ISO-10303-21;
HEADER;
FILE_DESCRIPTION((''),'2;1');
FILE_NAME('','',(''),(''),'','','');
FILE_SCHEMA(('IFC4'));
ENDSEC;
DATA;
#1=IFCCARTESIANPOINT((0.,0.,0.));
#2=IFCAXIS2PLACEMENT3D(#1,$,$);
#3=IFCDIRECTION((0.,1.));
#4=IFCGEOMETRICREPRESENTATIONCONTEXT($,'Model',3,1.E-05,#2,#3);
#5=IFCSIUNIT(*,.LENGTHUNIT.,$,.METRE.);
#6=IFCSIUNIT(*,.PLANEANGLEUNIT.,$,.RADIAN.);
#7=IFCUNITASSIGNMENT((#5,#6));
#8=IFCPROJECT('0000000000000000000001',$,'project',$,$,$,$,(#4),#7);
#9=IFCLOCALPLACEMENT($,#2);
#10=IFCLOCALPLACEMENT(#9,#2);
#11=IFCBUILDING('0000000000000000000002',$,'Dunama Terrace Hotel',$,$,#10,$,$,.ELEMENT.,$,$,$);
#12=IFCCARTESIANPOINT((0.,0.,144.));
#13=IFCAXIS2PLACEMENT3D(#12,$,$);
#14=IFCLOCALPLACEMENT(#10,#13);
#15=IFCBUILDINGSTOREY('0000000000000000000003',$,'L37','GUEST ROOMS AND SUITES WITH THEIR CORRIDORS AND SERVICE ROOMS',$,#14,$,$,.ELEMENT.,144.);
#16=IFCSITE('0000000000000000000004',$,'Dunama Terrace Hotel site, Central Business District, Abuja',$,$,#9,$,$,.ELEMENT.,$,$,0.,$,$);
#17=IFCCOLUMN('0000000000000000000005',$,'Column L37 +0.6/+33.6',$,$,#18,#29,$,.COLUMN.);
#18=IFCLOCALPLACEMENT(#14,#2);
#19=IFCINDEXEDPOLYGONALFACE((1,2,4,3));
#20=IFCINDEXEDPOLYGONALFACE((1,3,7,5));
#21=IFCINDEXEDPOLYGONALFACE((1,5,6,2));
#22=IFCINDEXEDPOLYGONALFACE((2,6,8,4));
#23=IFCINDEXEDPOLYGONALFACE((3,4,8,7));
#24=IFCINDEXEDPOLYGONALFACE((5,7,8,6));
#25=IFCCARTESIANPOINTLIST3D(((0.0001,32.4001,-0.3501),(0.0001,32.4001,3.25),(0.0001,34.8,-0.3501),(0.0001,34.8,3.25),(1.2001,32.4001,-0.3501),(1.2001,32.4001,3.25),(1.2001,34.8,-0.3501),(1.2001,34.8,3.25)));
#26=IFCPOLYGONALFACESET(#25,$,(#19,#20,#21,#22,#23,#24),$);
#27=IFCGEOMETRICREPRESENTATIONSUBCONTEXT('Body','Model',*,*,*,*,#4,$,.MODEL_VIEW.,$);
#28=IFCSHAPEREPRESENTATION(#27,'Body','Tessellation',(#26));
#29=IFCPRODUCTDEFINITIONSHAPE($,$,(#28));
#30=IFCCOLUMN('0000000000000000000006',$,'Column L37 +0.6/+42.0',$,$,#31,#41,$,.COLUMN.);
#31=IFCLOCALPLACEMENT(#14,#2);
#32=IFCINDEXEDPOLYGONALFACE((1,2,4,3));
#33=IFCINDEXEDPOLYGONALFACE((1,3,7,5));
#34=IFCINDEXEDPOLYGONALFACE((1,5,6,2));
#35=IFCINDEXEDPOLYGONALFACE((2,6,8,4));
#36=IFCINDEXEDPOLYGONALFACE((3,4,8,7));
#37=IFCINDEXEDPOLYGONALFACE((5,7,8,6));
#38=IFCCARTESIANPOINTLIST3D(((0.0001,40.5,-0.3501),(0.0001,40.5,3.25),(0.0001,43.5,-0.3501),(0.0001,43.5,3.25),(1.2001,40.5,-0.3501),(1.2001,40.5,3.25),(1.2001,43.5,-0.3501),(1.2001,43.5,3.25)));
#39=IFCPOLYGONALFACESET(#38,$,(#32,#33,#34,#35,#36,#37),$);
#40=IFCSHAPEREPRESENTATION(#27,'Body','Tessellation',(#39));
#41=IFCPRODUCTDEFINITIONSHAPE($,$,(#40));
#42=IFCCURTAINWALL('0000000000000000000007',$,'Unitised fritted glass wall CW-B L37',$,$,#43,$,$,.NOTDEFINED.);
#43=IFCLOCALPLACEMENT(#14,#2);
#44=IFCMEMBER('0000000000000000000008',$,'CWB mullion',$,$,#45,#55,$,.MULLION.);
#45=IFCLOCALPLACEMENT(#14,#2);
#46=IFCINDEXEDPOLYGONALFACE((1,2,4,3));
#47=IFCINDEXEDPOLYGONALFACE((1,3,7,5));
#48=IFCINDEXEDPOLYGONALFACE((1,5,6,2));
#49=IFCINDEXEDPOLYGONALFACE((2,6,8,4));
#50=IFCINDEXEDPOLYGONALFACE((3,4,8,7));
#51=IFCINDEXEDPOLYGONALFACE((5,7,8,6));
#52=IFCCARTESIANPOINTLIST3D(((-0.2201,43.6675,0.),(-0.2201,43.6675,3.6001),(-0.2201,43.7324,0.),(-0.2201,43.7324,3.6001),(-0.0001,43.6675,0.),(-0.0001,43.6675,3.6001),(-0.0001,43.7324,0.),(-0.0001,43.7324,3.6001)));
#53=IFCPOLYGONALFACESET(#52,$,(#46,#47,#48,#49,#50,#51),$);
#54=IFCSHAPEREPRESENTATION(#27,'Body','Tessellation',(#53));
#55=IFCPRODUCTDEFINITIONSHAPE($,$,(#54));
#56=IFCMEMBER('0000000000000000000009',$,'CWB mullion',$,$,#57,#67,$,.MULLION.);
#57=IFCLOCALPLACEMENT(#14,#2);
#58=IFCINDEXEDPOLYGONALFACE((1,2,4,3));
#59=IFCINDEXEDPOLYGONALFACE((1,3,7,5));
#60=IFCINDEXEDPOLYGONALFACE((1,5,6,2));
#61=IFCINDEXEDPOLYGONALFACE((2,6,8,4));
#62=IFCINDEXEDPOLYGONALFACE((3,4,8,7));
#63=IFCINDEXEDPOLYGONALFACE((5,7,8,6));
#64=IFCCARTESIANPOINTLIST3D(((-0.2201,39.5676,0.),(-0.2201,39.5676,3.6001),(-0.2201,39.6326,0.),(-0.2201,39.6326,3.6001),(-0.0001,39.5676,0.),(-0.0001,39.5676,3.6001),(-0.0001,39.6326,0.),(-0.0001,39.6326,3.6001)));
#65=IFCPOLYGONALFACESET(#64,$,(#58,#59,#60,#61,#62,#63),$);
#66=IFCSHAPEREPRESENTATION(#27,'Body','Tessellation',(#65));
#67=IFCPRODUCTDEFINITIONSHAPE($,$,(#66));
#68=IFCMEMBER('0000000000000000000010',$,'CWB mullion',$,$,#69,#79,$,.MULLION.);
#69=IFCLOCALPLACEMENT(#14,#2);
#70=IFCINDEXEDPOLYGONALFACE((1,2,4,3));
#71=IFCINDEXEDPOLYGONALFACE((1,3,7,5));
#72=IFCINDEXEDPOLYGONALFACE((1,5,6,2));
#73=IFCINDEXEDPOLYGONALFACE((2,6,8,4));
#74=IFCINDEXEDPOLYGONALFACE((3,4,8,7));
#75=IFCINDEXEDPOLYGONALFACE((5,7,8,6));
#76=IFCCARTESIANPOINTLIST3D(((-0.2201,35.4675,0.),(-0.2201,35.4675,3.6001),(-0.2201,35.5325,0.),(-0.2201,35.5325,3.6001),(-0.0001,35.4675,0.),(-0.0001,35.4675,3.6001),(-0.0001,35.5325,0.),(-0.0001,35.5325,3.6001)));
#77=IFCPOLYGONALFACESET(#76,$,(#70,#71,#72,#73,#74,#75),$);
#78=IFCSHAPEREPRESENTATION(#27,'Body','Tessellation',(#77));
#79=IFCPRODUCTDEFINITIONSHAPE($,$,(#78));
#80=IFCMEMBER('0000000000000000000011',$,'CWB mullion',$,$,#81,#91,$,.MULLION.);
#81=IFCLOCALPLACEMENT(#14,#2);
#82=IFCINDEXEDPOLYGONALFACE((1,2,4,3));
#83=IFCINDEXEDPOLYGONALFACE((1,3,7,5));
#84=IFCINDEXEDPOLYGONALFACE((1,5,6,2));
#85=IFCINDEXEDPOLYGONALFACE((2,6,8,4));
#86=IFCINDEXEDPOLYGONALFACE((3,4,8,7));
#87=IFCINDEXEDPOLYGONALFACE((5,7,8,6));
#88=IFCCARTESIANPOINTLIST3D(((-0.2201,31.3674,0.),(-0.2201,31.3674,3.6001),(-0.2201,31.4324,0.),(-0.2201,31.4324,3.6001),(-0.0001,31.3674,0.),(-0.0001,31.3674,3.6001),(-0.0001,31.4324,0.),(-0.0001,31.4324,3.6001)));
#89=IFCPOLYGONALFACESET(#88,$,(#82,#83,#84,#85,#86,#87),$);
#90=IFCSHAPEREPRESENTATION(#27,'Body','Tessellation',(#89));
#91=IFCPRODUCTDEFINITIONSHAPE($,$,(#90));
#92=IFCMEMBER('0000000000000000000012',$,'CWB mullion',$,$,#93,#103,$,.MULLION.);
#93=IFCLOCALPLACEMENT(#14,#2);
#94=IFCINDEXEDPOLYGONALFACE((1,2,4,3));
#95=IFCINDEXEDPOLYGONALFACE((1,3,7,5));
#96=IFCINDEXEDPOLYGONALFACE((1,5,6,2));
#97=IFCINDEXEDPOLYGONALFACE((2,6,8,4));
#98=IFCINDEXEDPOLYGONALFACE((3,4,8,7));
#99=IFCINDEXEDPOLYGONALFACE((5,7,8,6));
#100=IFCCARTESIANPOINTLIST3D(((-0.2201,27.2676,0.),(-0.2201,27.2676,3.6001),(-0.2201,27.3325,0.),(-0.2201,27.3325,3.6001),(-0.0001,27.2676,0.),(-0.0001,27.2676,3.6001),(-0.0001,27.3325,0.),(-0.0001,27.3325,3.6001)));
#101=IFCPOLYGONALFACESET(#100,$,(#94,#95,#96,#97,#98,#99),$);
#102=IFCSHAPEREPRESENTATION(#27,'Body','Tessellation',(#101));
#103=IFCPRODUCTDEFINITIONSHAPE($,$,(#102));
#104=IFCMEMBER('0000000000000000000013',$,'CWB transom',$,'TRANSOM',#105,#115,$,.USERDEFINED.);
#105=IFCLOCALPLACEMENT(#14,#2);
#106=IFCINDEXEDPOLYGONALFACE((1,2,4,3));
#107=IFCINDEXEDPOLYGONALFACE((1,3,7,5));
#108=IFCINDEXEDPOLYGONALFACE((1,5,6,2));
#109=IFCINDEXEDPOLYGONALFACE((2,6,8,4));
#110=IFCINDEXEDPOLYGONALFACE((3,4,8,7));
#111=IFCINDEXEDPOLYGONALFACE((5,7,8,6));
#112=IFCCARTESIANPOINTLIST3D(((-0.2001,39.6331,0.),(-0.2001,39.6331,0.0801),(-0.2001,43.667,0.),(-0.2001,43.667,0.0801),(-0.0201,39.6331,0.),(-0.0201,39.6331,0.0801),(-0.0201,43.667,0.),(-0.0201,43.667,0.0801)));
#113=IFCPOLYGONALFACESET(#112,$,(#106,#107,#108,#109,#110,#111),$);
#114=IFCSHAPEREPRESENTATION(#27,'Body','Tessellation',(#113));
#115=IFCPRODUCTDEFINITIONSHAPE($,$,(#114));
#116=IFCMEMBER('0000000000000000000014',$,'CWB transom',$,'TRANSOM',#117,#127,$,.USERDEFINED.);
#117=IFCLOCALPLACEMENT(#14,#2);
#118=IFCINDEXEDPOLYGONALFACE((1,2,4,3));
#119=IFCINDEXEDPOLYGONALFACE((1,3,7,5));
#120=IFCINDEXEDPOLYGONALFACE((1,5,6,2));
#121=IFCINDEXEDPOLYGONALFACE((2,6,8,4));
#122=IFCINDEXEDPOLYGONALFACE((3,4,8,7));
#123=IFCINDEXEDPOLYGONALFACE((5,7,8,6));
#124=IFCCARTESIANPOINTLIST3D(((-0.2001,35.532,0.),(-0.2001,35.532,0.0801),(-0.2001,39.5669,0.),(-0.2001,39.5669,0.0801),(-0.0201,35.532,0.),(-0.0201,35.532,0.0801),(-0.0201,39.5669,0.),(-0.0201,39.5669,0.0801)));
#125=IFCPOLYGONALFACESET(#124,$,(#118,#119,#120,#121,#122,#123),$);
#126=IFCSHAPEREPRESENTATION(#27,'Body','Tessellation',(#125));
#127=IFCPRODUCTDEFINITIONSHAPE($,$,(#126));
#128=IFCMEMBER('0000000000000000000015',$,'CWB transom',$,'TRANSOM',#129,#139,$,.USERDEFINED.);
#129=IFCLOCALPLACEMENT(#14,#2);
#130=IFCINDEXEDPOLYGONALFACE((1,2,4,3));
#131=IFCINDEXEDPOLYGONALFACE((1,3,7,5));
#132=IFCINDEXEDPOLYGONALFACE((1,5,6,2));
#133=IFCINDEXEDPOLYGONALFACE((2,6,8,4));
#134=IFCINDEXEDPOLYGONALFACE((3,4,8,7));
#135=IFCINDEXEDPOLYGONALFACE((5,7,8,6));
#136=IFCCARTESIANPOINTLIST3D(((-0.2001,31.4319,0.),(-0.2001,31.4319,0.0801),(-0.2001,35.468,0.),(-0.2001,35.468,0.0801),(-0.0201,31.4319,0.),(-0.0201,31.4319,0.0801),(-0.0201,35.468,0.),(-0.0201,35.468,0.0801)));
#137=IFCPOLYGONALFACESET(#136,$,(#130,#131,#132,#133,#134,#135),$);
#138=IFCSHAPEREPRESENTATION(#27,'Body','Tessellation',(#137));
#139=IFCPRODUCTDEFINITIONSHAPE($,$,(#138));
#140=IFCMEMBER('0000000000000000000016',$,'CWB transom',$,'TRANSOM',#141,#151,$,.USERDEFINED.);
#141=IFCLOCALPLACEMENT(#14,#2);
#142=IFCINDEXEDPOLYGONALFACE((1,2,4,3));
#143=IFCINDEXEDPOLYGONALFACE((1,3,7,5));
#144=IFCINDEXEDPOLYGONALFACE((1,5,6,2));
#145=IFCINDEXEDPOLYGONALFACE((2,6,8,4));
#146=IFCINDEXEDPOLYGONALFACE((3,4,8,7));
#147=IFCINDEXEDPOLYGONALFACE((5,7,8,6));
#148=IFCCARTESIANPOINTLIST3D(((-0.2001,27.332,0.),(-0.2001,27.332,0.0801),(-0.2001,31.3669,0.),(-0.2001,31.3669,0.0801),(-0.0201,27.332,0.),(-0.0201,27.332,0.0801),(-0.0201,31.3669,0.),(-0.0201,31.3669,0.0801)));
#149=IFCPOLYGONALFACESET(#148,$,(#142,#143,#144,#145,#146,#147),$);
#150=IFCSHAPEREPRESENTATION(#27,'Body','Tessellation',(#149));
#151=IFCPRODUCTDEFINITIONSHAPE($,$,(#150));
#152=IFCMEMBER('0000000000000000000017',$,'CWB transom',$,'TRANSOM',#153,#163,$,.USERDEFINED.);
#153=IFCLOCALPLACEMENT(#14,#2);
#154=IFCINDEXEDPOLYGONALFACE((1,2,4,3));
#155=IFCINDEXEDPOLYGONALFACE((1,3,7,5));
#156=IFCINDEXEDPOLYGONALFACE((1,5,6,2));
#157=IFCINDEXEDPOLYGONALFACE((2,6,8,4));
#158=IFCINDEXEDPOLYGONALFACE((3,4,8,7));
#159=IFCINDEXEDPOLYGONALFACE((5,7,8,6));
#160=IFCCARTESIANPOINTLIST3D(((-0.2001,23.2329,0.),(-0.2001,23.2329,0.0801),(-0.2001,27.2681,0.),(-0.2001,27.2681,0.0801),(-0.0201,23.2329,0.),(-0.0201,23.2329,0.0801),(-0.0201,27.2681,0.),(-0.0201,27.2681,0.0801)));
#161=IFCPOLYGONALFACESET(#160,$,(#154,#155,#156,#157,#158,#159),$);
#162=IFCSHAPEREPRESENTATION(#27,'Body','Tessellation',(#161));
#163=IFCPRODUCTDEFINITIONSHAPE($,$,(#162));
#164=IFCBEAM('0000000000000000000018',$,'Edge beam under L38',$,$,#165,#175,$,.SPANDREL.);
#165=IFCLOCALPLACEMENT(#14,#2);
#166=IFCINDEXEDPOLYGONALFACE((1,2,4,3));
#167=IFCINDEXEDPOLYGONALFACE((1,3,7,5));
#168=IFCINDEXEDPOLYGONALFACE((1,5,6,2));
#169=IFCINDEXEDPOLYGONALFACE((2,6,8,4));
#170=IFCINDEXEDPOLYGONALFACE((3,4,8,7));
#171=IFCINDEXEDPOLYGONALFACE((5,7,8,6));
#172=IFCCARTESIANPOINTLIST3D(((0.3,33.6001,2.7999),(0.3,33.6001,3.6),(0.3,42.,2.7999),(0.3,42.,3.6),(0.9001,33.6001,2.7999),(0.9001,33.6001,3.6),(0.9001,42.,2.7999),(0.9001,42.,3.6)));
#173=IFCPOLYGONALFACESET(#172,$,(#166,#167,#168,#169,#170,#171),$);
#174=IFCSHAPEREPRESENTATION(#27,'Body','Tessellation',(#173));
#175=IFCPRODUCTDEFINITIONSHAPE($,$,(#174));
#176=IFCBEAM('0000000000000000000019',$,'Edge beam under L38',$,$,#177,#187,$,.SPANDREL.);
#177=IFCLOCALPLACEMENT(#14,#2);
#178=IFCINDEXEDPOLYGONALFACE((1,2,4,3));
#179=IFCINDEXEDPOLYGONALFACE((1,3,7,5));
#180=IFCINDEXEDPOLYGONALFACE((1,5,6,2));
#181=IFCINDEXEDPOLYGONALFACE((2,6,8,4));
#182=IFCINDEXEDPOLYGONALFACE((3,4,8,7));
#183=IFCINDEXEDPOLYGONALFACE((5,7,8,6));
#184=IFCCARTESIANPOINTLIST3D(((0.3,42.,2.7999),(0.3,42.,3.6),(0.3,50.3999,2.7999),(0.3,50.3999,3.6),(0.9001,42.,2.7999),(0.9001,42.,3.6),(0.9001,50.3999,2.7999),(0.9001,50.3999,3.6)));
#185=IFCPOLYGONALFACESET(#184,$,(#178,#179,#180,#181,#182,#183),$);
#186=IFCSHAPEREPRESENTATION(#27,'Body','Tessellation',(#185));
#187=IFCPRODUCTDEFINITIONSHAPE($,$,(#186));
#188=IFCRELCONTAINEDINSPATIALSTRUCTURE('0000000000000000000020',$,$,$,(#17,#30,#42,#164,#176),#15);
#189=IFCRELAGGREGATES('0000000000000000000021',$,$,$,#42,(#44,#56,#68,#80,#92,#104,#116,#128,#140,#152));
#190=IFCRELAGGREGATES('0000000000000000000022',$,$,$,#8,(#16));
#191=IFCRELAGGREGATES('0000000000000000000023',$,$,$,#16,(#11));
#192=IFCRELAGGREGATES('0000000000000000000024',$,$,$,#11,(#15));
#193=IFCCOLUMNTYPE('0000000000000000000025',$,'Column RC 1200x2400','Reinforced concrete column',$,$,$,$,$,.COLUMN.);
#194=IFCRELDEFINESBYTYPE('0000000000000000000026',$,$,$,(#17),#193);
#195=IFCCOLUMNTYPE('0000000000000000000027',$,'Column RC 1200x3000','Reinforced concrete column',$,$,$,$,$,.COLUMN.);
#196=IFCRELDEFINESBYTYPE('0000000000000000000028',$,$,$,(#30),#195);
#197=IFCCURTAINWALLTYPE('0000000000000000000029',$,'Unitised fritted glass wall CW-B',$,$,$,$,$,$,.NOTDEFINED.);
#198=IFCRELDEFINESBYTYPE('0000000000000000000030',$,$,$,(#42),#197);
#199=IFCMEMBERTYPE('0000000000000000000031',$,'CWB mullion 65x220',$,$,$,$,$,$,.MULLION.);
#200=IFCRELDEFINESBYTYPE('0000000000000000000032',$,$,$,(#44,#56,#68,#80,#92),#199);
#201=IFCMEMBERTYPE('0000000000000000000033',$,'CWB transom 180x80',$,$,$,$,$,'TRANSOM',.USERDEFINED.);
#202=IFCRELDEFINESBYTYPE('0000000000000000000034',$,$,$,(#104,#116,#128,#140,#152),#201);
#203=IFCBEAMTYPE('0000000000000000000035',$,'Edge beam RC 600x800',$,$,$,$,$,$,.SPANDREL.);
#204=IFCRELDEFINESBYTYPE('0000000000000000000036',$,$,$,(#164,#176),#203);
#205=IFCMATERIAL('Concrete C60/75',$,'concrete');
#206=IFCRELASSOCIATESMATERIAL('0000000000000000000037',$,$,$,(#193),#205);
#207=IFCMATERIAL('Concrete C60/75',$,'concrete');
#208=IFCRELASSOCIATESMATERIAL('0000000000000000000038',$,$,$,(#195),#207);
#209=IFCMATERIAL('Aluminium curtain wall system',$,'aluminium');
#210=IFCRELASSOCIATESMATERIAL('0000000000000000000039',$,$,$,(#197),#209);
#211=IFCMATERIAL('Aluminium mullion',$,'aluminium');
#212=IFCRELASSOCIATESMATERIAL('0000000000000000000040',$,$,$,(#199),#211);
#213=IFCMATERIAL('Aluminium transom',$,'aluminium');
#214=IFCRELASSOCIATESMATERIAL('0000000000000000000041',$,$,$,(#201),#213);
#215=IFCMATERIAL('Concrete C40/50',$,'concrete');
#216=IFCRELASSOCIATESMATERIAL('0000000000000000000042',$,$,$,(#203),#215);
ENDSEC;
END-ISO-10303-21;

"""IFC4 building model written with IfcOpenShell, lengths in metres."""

from ifc_helpers import new_model, si_unit, direction, frame, origin, origin_2d, place, context, subcontext, project, spatial, rectangle, extrude, material, material_profile, profile_set, type_object, element, aggregate, save


model = new_model("IFC4")

# Units and contexts
model_context = context("Model", 3, precision=1e-05, world=origin(), true_north=direction((0.0, 1.0)))
body_context = subcontext(model_context, "Body", "Model", "MODEL_VIEW")
ifc_project = project(units=[si_unit("LENGTHUNIT", "METRE"), si_unit("PLANEANGLEUNIT", "RADIAN")], contexts=[model_context])

# Site, building, storey
site_placement = place(None, origin())
site = spatial("IfcSite", under=ifc_project, at=site_placement, Name="Dunama Terrace Hotel site, Central Business District, Abuja", CompositionType="ELEMENT", RefElevation=0.0)
building_placement = place(site_placement, origin())
building = spatial("IfcBuilding", under=site, at=building_placement, Name="Dunama Terrace Hotel", CompositionType="ELEMENT")
storey_placement = place(building_placement, frame((0.0, 0.0, 144.0)))
storey = spatial("IfcBuildingStorey", under=building, at=storey_placement, Name="L37", Description="GUEST ROOMS AND SUITES WITH THEIR CORRIDORS AND SERVICE ROOMS", CompositionType="ELEMENT", Elevation=144.0)

# Columns
ifc_material_1 = material(Name="Concrete C60/75", Category="concrete")
ifc_material_profile_1 = material_profile(ifc_material_1, rectangle(XDim=1.2, YDim=2.3999, at=origin_2d()), Name="RC 1200x2400")
ifc_profile_set_1 = profile_set([ifc_material_profile_1], Name="Concrete C60/75")
column_type_1 = type_object("IfcColumnType", Name="Column RC 1200x2400", Description="Reinforced concrete column", PredefinedType="COLUMN", material=ifc_profile_set_1)
column_1_placement = place(storey_placement, frame((0.6001, 33.6001, -0.3501), z_axis=(0.0, 0.0, 1.0), x_axis=(1.0, 0.0, 0.0)))
element("IfcColumn", 1, at=column_1_placement, inside=storey, type_object=column_type_1, Name="Column L37 +0.6/+33.6", PredefinedType="COLUMN", context=body_context, shape_type="SweptSolid", body=[
    extrude(rectangle(XDim=1.2, YDim=2.3999, at=origin_2d()), origin(), (0.0, 0.0, 1.0), 3.6001),
])
ifc_material_2 = material(Name="Concrete C60/75", Category="concrete")
ifc_material_profile_2 = material_profile(ifc_material_2, rectangle(XDim=1.2, YDim=3.0, at=origin_2d()), Name="RC 1200x3000")
ifc_profile_set_2 = profile_set([ifc_material_profile_2], Name="Concrete C60/75")
column_type_2 = type_object("IfcColumnType", Name="Column RC 1200x3000", Description="Reinforced concrete column", PredefinedType="COLUMN", material=ifc_profile_set_2)
column_2_placement = place(storey_placement, frame((0.6001, 42.0, -0.3501), z_axis=(0.0, 0.0, 1.0), x_axis=(1.0, 0.0, 0.0)))
element("IfcColumn", 2, at=column_2_placement, inside=storey, type_object=column_type_2, Name="Column L37 +0.6/+42.0", PredefinedType="COLUMN", context=body_context, shape_type="SweptSolid", body=[
    extrude(rectangle(XDim=1.2, YDim=3.0, at=origin_2d()), origin(), (0.0, 0.0, 1.0), 3.6001),
])

# Curtain wall, members
ifc_material_3 = material(Name="Aluminium curtain wall system", Category="aluminium")
curtain_wall_type = type_object("IfcCurtainWallType", Name="Unitised fritted glass wall CW-B", PredefinedType="NOTDEFINED", material=ifc_material_3)
curtain_wall_placement = place(storey_placement, origin())
curtain_wall = element("IfcCurtainWall", 3, at=curtain_wall_placement, inside=storey, type_object=curtain_wall_type, Name="Unitised fritted glass wall CW-B L37", PredefinedType="NOTDEFINED")
ifc_material_4 = material(Name="Aluminium mullion", Category="aluminium")
ifc_material_profile_3 = material_profile(ifc_material_4, rectangle(XDim=0.0649, YDim=0.22, at=origin_2d()), Name="CWB MULLION 65X220")
ifc_profile_set_3 = profile_set([ifc_material_profile_3], Name="Aluminium mullion")
member_type_1 = type_object("IfcMemberType", Name="CWB mullion 65x220", PredefinedType="MULLION", material=ifc_profile_set_3)
member_1_placement = place(storey_placement, frame((-0.1101, 43.7, 0.0), z_axis=(0.0, 0.0, 1.0), x_axis=(0.0, -1.0, 0.0)))
member_1 = element("IfcMember", 4, at=member_1_placement, type_object=member_type_1, Name="CWB mullion", PredefinedType="MULLION", context=body_context, shape_type="SweptSolid", body=[
    extrude(rectangle(XDim=0.0649, YDim=0.22, at=origin_2d()), origin(), (0.0, 0.0, 1.0), 3.6001),
])
member_2_placement = place(storey_placement, frame((-0.1101, 39.6001, 0.0), z_axis=(0.0, 0.0, 1.0), x_axis=(0.0, -1.0, 0.0)))
member_2 = element("IfcMember", 5, at=member_2_placement, type_object=member_type_1, Name="CWB mullion", PredefinedType="MULLION", context=body_context, shape_type="SweptSolid", body=[
    extrude(rectangle(XDim=0.0649, YDim=0.22, at=origin_2d()), origin(), (0.0, 0.0, 1.0), 3.6001),
])
member_3_placement = place(storey_placement, frame((-0.1101, 35.5, 0.0), z_axis=(0.0, 0.0, 1.0), x_axis=(0.0, -1.0, 0.0)))
member_3 = element("IfcMember", 6, at=member_3_placement, type_object=member_type_1, Name="CWB mullion", PredefinedType="MULLION", context=body_context, shape_type="SweptSolid", body=[
    extrude(rectangle(XDim=0.0649, YDim=0.22, at=origin_2d()), origin(), (0.0, 0.0, 1.0), 3.6001),
])
member_4_placement = place(storey_placement, frame((-0.1101, 31.3999, 0.0), z_axis=(0.0, 0.0, 1.0), x_axis=(0.0, -1.0, 0.0)))
member_4 = element("IfcMember", 7, at=member_4_placement, type_object=member_type_1, Name="CWB mullion", PredefinedType="MULLION", context=body_context, shape_type="SweptSolid", body=[
    extrude(rectangle(XDim=0.0649, YDim=0.22, at=origin_2d()), origin(), (0.0, 0.0, 1.0), 3.6001),
])
member_5_placement = place(storey_placement, frame((-0.1101, 27.3, 0.0), z_axis=(0.0, 0.0, 1.0), x_axis=(0.0, -1.0, 0.0)))
member_5 = element("IfcMember", 8, at=member_5_placement, type_object=member_type_1, Name="CWB mullion", PredefinedType="MULLION", context=body_context, shape_type="SweptSolid", body=[
    extrude(rectangle(XDim=0.0649, YDim=0.22, at=origin_2d()), origin(), (0.0, 0.0, 1.0), 3.6001),
])
ifc_material_5 = material(Name="Aluminium transom", Category="aluminium")
ifc_material_profile_4 = material_profile(ifc_material_5, rectangle(XDim=0.1799, YDim=0.0801, at=origin_2d()), Name="CWB TRANSOM 180X80")
ifc_profile_set_4 = profile_set([ifc_material_profile_4], Name="Aluminium transom")
member_type_2 = type_object("IfcMemberType", Name="CWB transom 180x80", ElementType="TRANSOM", PredefinedType="USERDEFINED", material=ifc_profile_set_4)
member_6_placement = place(storey_placement, frame((-0.1101, 43.667, 0.04), z_axis=(0.0, -1.0, 0.0), x_axis=(1.0, 0.0, 0.0)))
member_6 = element("IfcMember", 9, at=member_6_placement, type_object=member_type_2, Name="CWB transom", ObjectType="TRANSOM", PredefinedType="USERDEFINED", context=body_context, shape_type="SweptSolid", body=[
    extrude(rectangle(XDim=0.1799, YDim=0.0801, at=origin_2d()), origin(), (0.0, 0.0, 1.0), 4.0339),
])
member_7_placement = place(storey_placement, frame((-0.1101, 39.5669, 0.04), z_axis=(0.0, -1.0, 0.0), x_axis=(1.0, 0.0, 0.0)))
member_7 = element("IfcMember", 10, at=member_7_placement, type_object=member_type_2, Name="CWB transom", ObjectType="TRANSOM", PredefinedType="USERDEFINED", context=body_context, shape_type="SweptSolid", body=[
    extrude(rectangle(XDim=0.1799, YDim=0.0801, at=origin_2d()), origin(), (0.0, 0.0, 1.0), 4.0349),
])
member_8_placement = place(storey_placement, frame((-0.1101, 35.468, 0.04), z_axis=(0.0, -1.0, 0.0), x_axis=(1.0, 0.0, 0.0)))
member_8 = element("IfcMember", 11, at=member_8_placement, type_object=member_type_2, Name="CWB transom", ObjectType="TRANSOM", PredefinedType="USERDEFINED", context=body_context, shape_type="SweptSolid", body=[
    extrude(rectangle(XDim=0.1799, YDim=0.0801, at=origin_2d()), origin(), (0.0, 0.0, 1.0), 4.0361),
])
member_9_placement = place(storey_placement, frame((-0.1101, 31.3669, 0.04), z_axis=(0.0, -1.0, 0.0), x_axis=(1.0, 0.0, 0.0)))
member_9 = element("IfcMember", 12, at=member_9_placement, type_object=member_type_2, Name="CWB transom", ObjectType="TRANSOM", PredefinedType="USERDEFINED", context=body_context, shape_type="SweptSolid", body=[
    extrude(rectangle(XDim=0.1799, YDim=0.0801, at=origin_2d()), origin(), (0.0, 0.0, 1.0), 4.0349),
])
member_10_placement = place(storey_placement, frame((-0.1101, 27.2681, 0.04), z_axis=(0.0, -1.0, 0.0), x_axis=(1.0, 0.0, 0.0)))
member_10 = element("IfcMember", 13, at=member_10_placement, type_object=member_type_2, Name="CWB transom", ObjectType="TRANSOM", PredefinedType="USERDEFINED", context=body_context, shape_type="SweptSolid", body=[
    extrude(rectangle(XDim=0.1799, YDim=0.0801, at=origin_2d()), origin(), (0.0, 0.0, 1.0), 4.0352),
])

# Beams
ifc_material_6 = material(Name="Concrete C40/50", Category="concrete")
ifc_material_profile_5 = material_profile(ifc_material_6, rectangle(XDim=0.6001, YDim=0.8, at=origin_2d()), Name="RC 600x800")
ifc_profile_set_5 = profile_set([ifc_material_profile_5], Name="Concrete C40/50")
beam_type = type_object("IfcBeamType", Name="Edge beam RC 600x800", PredefinedType="SPANDREL", material=ifc_profile_set_5)
for number, where, z_axis, x_axis, name in (
    (14, (0.6001, 33.6001, 3.2), (0.0, 1.0, 0.0), (-1.0, 0.0, 0.0), "Edge beam under L38"),
    (15, (0.6001, 42.0, 3.2), (0.0, 1.0, 0.0), (-1.0, 0.0, 0.0), "Edge beam under L38"),
):
    element("IfcBeam", number, at=place(storey_placement, frame(where, z_axis=z_axis, x_axis=x_axis)), inside=storey, type_object=beam_type, Name=name, PredefinedType="SPANDREL", context=body_context, shape_type="SweptSolid", body=[
        extrude(rectangle(XDim=0.6001, YDim=0.8, at=origin_2d()), origin(), (0.0, 0.0, 1.0), 8.3999),
    ])

aggregate(curtain_wall, [member_1, member_2, member_3, member_4, member_5, member_6, member_7, member_8, member_9, member_10])

save(model, "model.ifc")
